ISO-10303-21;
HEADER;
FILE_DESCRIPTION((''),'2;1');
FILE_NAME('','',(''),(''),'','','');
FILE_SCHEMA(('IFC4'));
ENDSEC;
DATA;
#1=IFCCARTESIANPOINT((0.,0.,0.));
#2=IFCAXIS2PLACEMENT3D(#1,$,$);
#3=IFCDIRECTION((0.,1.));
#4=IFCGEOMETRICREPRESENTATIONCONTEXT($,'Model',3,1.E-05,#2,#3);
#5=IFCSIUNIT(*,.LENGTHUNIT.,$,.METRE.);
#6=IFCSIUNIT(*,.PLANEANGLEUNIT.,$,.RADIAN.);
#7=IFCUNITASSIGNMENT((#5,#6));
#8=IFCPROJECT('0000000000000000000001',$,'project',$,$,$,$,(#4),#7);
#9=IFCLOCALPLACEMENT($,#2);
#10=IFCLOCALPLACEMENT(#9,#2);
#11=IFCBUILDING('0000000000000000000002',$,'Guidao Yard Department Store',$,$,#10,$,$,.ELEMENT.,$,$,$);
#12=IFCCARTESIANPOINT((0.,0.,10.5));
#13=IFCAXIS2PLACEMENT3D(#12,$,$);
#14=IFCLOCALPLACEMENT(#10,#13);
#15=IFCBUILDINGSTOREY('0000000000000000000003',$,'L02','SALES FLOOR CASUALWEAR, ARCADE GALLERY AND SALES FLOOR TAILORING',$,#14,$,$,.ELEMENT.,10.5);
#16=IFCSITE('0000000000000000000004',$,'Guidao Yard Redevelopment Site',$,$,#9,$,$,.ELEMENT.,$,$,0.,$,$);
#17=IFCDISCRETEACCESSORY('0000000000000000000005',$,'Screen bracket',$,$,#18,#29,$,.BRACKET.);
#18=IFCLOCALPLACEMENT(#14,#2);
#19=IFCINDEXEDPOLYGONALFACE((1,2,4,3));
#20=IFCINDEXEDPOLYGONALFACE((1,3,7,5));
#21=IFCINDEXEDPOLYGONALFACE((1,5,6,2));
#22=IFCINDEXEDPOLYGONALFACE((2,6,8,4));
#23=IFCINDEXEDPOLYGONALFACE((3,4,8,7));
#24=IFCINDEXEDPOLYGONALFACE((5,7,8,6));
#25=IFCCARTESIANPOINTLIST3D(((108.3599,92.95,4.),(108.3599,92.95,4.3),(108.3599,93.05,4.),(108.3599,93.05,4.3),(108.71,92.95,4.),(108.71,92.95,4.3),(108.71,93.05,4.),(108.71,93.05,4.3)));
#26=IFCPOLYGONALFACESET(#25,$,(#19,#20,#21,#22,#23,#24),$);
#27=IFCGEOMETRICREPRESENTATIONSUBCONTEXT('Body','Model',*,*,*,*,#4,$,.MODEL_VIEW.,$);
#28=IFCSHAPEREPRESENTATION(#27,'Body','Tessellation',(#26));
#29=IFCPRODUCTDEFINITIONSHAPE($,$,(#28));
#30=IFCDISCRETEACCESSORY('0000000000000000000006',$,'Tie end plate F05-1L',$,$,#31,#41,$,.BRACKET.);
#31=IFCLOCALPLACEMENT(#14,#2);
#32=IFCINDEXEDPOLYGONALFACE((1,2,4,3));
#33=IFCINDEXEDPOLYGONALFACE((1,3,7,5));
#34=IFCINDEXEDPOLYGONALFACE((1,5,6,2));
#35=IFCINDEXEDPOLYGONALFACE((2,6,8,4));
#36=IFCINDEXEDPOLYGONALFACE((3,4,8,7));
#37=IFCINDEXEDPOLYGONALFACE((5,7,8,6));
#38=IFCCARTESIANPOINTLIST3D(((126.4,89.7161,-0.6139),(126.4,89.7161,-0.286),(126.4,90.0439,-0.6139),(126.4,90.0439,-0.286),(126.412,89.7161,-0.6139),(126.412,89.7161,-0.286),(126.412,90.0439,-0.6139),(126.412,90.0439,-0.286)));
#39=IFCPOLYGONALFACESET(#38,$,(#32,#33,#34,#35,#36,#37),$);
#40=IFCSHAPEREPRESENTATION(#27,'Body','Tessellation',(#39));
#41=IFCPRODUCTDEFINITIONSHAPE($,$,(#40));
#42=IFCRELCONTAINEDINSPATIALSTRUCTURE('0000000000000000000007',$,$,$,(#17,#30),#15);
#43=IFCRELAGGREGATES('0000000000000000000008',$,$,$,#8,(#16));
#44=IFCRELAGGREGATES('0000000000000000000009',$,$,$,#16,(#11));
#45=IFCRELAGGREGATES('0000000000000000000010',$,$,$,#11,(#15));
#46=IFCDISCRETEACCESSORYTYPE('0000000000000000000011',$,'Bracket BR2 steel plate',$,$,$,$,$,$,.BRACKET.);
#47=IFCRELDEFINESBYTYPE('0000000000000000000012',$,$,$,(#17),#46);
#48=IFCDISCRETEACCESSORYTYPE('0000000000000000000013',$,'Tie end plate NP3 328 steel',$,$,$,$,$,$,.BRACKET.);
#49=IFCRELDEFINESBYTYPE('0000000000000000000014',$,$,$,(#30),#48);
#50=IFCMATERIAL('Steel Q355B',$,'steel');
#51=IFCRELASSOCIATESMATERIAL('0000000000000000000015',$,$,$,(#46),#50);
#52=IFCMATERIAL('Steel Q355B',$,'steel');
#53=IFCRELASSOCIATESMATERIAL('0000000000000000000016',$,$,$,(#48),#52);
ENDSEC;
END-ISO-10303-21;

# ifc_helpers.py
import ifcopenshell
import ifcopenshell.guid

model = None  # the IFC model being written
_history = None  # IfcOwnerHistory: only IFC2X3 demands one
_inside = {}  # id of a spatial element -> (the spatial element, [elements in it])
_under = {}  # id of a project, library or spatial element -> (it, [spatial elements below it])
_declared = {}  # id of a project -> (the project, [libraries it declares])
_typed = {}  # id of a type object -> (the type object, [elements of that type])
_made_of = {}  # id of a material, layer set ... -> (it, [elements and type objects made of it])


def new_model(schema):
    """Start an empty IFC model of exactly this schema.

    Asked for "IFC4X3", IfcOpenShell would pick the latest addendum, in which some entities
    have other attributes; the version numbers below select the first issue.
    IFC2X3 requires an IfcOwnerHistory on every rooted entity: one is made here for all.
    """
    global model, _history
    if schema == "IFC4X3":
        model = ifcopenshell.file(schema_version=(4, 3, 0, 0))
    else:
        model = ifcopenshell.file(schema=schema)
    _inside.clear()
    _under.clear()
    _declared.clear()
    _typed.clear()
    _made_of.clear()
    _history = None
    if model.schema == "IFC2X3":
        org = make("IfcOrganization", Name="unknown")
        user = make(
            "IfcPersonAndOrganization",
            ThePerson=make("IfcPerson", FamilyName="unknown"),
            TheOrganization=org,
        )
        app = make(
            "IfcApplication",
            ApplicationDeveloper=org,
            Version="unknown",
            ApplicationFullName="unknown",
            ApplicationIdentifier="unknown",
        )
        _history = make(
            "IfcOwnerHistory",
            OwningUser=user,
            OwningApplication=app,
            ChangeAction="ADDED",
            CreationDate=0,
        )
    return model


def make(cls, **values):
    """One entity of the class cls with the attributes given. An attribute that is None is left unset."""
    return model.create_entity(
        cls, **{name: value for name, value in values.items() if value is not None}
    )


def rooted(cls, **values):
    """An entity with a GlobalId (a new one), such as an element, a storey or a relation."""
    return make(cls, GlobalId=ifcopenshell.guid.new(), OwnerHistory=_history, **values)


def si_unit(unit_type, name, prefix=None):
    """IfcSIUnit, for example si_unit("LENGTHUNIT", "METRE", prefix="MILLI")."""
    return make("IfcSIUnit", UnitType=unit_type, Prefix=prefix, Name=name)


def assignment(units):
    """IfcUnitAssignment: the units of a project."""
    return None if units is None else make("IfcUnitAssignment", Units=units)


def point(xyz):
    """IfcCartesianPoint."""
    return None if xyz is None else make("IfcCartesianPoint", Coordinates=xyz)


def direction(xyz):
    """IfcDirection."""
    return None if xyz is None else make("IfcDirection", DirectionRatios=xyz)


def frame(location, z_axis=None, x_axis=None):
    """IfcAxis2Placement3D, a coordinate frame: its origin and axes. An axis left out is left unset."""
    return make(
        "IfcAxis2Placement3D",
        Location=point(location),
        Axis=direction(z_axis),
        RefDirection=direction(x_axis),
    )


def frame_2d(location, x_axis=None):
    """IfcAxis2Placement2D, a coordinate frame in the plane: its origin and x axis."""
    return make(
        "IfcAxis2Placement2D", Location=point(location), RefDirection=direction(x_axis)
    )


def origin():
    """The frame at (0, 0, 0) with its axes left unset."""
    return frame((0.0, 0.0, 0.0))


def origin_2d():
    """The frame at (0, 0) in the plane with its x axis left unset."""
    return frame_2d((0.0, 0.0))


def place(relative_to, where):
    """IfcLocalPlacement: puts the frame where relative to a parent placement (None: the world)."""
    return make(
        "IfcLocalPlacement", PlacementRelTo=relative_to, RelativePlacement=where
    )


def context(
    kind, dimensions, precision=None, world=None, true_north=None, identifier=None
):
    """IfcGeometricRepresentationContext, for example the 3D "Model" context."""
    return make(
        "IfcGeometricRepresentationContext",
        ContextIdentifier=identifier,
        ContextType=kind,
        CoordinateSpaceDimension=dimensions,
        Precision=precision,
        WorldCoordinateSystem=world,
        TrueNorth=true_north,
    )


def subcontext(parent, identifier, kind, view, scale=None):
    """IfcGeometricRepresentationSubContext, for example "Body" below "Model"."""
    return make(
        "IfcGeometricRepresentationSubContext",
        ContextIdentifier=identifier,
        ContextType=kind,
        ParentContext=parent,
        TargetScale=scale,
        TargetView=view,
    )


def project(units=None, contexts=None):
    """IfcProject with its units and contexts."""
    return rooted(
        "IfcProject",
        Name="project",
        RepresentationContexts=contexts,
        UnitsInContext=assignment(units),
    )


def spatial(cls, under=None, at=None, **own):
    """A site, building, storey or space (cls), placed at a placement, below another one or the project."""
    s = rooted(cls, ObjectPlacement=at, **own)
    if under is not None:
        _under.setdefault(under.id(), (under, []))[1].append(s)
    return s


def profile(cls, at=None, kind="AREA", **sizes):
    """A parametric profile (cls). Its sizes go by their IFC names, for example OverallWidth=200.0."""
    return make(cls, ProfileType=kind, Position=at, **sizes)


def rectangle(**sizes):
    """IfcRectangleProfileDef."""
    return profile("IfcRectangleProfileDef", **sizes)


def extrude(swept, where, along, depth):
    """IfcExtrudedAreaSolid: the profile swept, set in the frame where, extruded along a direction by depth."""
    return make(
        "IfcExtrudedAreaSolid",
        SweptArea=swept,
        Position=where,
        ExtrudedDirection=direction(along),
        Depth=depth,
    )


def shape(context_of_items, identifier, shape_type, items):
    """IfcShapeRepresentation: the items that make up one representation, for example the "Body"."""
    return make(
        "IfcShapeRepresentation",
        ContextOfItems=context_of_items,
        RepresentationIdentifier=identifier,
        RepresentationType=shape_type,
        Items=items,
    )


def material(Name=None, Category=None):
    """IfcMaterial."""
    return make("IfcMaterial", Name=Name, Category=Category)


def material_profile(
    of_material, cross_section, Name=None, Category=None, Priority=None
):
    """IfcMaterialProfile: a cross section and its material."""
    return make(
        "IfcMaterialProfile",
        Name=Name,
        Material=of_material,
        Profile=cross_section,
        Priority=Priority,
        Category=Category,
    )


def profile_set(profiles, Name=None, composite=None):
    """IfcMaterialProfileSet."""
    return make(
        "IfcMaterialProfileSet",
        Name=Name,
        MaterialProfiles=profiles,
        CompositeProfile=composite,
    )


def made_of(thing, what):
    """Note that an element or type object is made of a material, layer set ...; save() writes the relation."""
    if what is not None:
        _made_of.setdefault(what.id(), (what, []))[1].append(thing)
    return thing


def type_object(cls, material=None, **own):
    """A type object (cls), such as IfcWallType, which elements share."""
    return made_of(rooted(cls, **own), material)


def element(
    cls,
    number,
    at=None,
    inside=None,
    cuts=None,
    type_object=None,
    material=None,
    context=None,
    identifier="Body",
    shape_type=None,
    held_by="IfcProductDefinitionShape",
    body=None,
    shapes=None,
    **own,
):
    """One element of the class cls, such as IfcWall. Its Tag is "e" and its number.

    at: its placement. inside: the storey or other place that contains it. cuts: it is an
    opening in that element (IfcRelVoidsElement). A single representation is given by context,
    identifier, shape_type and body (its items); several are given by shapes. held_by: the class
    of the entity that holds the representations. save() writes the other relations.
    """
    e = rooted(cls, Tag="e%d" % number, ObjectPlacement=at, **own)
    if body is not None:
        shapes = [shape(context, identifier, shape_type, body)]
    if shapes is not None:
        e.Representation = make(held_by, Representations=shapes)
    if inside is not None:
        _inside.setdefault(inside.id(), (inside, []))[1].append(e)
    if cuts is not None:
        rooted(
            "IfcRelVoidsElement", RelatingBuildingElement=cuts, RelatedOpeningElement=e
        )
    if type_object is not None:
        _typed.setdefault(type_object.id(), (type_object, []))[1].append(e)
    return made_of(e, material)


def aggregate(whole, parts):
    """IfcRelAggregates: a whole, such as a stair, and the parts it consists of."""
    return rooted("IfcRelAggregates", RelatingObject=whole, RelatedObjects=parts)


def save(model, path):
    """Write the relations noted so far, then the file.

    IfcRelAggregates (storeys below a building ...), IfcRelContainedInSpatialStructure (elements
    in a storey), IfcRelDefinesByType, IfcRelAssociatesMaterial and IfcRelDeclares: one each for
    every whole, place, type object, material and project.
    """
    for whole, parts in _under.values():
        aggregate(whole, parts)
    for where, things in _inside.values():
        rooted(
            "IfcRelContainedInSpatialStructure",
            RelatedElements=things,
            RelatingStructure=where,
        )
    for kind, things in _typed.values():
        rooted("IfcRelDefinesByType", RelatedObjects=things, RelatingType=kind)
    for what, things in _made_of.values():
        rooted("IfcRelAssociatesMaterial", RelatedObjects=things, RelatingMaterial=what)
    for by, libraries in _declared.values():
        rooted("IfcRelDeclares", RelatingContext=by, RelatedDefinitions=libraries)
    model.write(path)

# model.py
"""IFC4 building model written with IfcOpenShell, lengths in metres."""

from ifc_helpers import new_model, si_unit, direction, frame, origin, origin_2d, place, context, subcontext, project, spatial, rectangle, extrude, material, material_profile, profile_set, type_object, element, save


model = new_model("IFC4")

# Units and contexts
model_context = context("Model", 3, precision=1e-05, world=origin(), true_north=direction((0.0, 1.0)))
body_context = subcontext(model_context, "Body", "Model", "MODEL_VIEW")
ifc_project = project(units=[si_unit("LENGTHUNIT", "METRE"), si_unit("PLANEANGLEUNIT", "RADIAN")], contexts=[model_context])

# Site, building, storey
site_placement = place(None, origin())
site = spatial("IfcSite", under=ifc_project, at=site_placement, Name="Guidao Yard Redevelopment Site", CompositionType="ELEMENT", RefElevation=0.0)
building_placement = place(site_placement, origin())
building = spatial("IfcBuilding", under=site, at=building_placement, Name="Guidao Yard Department Store", CompositionType="ELEMENT")
storey_placement = place(building_placement, frame((0.0, 0.0, 10.5)))
storey = spatial("IfcBuildingStorey", under=building, at=storey_placement, Name="L02", Description="SALES FLOOR CASUALWEAR, ARCADE GALLERY AND SALES FLOOR TAILORING", CompositionType="ELEMENT", Elevation=10.5)

# Discrete accessories
ifc_material_1 = material(Name="Steel Q355B", Category="steel")
discrete_accessory_type_1 = type_object("IfcDiscreteAccessoryType", Name="Bracket BR2 steel plate", PredefinedType="BRACKET", material=ifc_material_1)
for number, where, z_axis, x_axis, name in (
    (1, (108.5349, 93.0, 4.0), (0.0, 0.0, 1.0), (0.0, -1.0, 0.0), "Screen bracket"),
):
    element("IfcDiscreteAccessory", number, at=place(storey_placement, frame(where, z_axis=z_axis, x_axis=x_axis)), inside=storey, type_object=discrete_accessory_type_1, Name=name, PredefinedType="BRACKET", context=body_context, shape_type="SweptSolid", body=[
        extrude(rectangle(XDim=0.1001, YDim=0.3501, at=origin_2d()), origin(), (0.0, 0.0, 1.0), 0.3),
    ])
ifc_material_2 = material(Name="Steel Q355B", Category="steel")
ifc_material_profile_1 = material_profile(ifc_material_2, rectangle(XDim=0.3279, YDim=0.012, at=origin_2d()), Name="Node plate 328x12")
ifc_profile_set_1 = profile_set([ifc_material_profile_1], Name="Steel Q355B")
discrete_accessory_type_2 = type_object("IfcDiscreteAccessoryType", Name="Tie end plate NP3 328 steel", PredefinedType="BRACKET", material=ifc_profile_set_1)
discrete_accessory_placement = place(storey_placement, frame((126.406, 89.7161, -0.45), z_axis=(0.0, 1.0, 0.0), x_axis=(0.0, 0.0, 1.0)))
element("IfcDiscreteAccessory", 2, at=discrete_accessory_placement, inside=storey, type_object=discrete_accessory_type_2, Name="Tie end plate F05-1L", PredefinedType="BRACKET", context=body_context, shape_type="SweptSolid", body=[
    extrude(rectangle(XDim=0.3279, YDim=0.012, at=origin_2d()), origin(), (0.0, 0.0, 1.0), 0.3279),
])

save(model, "model.ifc")
